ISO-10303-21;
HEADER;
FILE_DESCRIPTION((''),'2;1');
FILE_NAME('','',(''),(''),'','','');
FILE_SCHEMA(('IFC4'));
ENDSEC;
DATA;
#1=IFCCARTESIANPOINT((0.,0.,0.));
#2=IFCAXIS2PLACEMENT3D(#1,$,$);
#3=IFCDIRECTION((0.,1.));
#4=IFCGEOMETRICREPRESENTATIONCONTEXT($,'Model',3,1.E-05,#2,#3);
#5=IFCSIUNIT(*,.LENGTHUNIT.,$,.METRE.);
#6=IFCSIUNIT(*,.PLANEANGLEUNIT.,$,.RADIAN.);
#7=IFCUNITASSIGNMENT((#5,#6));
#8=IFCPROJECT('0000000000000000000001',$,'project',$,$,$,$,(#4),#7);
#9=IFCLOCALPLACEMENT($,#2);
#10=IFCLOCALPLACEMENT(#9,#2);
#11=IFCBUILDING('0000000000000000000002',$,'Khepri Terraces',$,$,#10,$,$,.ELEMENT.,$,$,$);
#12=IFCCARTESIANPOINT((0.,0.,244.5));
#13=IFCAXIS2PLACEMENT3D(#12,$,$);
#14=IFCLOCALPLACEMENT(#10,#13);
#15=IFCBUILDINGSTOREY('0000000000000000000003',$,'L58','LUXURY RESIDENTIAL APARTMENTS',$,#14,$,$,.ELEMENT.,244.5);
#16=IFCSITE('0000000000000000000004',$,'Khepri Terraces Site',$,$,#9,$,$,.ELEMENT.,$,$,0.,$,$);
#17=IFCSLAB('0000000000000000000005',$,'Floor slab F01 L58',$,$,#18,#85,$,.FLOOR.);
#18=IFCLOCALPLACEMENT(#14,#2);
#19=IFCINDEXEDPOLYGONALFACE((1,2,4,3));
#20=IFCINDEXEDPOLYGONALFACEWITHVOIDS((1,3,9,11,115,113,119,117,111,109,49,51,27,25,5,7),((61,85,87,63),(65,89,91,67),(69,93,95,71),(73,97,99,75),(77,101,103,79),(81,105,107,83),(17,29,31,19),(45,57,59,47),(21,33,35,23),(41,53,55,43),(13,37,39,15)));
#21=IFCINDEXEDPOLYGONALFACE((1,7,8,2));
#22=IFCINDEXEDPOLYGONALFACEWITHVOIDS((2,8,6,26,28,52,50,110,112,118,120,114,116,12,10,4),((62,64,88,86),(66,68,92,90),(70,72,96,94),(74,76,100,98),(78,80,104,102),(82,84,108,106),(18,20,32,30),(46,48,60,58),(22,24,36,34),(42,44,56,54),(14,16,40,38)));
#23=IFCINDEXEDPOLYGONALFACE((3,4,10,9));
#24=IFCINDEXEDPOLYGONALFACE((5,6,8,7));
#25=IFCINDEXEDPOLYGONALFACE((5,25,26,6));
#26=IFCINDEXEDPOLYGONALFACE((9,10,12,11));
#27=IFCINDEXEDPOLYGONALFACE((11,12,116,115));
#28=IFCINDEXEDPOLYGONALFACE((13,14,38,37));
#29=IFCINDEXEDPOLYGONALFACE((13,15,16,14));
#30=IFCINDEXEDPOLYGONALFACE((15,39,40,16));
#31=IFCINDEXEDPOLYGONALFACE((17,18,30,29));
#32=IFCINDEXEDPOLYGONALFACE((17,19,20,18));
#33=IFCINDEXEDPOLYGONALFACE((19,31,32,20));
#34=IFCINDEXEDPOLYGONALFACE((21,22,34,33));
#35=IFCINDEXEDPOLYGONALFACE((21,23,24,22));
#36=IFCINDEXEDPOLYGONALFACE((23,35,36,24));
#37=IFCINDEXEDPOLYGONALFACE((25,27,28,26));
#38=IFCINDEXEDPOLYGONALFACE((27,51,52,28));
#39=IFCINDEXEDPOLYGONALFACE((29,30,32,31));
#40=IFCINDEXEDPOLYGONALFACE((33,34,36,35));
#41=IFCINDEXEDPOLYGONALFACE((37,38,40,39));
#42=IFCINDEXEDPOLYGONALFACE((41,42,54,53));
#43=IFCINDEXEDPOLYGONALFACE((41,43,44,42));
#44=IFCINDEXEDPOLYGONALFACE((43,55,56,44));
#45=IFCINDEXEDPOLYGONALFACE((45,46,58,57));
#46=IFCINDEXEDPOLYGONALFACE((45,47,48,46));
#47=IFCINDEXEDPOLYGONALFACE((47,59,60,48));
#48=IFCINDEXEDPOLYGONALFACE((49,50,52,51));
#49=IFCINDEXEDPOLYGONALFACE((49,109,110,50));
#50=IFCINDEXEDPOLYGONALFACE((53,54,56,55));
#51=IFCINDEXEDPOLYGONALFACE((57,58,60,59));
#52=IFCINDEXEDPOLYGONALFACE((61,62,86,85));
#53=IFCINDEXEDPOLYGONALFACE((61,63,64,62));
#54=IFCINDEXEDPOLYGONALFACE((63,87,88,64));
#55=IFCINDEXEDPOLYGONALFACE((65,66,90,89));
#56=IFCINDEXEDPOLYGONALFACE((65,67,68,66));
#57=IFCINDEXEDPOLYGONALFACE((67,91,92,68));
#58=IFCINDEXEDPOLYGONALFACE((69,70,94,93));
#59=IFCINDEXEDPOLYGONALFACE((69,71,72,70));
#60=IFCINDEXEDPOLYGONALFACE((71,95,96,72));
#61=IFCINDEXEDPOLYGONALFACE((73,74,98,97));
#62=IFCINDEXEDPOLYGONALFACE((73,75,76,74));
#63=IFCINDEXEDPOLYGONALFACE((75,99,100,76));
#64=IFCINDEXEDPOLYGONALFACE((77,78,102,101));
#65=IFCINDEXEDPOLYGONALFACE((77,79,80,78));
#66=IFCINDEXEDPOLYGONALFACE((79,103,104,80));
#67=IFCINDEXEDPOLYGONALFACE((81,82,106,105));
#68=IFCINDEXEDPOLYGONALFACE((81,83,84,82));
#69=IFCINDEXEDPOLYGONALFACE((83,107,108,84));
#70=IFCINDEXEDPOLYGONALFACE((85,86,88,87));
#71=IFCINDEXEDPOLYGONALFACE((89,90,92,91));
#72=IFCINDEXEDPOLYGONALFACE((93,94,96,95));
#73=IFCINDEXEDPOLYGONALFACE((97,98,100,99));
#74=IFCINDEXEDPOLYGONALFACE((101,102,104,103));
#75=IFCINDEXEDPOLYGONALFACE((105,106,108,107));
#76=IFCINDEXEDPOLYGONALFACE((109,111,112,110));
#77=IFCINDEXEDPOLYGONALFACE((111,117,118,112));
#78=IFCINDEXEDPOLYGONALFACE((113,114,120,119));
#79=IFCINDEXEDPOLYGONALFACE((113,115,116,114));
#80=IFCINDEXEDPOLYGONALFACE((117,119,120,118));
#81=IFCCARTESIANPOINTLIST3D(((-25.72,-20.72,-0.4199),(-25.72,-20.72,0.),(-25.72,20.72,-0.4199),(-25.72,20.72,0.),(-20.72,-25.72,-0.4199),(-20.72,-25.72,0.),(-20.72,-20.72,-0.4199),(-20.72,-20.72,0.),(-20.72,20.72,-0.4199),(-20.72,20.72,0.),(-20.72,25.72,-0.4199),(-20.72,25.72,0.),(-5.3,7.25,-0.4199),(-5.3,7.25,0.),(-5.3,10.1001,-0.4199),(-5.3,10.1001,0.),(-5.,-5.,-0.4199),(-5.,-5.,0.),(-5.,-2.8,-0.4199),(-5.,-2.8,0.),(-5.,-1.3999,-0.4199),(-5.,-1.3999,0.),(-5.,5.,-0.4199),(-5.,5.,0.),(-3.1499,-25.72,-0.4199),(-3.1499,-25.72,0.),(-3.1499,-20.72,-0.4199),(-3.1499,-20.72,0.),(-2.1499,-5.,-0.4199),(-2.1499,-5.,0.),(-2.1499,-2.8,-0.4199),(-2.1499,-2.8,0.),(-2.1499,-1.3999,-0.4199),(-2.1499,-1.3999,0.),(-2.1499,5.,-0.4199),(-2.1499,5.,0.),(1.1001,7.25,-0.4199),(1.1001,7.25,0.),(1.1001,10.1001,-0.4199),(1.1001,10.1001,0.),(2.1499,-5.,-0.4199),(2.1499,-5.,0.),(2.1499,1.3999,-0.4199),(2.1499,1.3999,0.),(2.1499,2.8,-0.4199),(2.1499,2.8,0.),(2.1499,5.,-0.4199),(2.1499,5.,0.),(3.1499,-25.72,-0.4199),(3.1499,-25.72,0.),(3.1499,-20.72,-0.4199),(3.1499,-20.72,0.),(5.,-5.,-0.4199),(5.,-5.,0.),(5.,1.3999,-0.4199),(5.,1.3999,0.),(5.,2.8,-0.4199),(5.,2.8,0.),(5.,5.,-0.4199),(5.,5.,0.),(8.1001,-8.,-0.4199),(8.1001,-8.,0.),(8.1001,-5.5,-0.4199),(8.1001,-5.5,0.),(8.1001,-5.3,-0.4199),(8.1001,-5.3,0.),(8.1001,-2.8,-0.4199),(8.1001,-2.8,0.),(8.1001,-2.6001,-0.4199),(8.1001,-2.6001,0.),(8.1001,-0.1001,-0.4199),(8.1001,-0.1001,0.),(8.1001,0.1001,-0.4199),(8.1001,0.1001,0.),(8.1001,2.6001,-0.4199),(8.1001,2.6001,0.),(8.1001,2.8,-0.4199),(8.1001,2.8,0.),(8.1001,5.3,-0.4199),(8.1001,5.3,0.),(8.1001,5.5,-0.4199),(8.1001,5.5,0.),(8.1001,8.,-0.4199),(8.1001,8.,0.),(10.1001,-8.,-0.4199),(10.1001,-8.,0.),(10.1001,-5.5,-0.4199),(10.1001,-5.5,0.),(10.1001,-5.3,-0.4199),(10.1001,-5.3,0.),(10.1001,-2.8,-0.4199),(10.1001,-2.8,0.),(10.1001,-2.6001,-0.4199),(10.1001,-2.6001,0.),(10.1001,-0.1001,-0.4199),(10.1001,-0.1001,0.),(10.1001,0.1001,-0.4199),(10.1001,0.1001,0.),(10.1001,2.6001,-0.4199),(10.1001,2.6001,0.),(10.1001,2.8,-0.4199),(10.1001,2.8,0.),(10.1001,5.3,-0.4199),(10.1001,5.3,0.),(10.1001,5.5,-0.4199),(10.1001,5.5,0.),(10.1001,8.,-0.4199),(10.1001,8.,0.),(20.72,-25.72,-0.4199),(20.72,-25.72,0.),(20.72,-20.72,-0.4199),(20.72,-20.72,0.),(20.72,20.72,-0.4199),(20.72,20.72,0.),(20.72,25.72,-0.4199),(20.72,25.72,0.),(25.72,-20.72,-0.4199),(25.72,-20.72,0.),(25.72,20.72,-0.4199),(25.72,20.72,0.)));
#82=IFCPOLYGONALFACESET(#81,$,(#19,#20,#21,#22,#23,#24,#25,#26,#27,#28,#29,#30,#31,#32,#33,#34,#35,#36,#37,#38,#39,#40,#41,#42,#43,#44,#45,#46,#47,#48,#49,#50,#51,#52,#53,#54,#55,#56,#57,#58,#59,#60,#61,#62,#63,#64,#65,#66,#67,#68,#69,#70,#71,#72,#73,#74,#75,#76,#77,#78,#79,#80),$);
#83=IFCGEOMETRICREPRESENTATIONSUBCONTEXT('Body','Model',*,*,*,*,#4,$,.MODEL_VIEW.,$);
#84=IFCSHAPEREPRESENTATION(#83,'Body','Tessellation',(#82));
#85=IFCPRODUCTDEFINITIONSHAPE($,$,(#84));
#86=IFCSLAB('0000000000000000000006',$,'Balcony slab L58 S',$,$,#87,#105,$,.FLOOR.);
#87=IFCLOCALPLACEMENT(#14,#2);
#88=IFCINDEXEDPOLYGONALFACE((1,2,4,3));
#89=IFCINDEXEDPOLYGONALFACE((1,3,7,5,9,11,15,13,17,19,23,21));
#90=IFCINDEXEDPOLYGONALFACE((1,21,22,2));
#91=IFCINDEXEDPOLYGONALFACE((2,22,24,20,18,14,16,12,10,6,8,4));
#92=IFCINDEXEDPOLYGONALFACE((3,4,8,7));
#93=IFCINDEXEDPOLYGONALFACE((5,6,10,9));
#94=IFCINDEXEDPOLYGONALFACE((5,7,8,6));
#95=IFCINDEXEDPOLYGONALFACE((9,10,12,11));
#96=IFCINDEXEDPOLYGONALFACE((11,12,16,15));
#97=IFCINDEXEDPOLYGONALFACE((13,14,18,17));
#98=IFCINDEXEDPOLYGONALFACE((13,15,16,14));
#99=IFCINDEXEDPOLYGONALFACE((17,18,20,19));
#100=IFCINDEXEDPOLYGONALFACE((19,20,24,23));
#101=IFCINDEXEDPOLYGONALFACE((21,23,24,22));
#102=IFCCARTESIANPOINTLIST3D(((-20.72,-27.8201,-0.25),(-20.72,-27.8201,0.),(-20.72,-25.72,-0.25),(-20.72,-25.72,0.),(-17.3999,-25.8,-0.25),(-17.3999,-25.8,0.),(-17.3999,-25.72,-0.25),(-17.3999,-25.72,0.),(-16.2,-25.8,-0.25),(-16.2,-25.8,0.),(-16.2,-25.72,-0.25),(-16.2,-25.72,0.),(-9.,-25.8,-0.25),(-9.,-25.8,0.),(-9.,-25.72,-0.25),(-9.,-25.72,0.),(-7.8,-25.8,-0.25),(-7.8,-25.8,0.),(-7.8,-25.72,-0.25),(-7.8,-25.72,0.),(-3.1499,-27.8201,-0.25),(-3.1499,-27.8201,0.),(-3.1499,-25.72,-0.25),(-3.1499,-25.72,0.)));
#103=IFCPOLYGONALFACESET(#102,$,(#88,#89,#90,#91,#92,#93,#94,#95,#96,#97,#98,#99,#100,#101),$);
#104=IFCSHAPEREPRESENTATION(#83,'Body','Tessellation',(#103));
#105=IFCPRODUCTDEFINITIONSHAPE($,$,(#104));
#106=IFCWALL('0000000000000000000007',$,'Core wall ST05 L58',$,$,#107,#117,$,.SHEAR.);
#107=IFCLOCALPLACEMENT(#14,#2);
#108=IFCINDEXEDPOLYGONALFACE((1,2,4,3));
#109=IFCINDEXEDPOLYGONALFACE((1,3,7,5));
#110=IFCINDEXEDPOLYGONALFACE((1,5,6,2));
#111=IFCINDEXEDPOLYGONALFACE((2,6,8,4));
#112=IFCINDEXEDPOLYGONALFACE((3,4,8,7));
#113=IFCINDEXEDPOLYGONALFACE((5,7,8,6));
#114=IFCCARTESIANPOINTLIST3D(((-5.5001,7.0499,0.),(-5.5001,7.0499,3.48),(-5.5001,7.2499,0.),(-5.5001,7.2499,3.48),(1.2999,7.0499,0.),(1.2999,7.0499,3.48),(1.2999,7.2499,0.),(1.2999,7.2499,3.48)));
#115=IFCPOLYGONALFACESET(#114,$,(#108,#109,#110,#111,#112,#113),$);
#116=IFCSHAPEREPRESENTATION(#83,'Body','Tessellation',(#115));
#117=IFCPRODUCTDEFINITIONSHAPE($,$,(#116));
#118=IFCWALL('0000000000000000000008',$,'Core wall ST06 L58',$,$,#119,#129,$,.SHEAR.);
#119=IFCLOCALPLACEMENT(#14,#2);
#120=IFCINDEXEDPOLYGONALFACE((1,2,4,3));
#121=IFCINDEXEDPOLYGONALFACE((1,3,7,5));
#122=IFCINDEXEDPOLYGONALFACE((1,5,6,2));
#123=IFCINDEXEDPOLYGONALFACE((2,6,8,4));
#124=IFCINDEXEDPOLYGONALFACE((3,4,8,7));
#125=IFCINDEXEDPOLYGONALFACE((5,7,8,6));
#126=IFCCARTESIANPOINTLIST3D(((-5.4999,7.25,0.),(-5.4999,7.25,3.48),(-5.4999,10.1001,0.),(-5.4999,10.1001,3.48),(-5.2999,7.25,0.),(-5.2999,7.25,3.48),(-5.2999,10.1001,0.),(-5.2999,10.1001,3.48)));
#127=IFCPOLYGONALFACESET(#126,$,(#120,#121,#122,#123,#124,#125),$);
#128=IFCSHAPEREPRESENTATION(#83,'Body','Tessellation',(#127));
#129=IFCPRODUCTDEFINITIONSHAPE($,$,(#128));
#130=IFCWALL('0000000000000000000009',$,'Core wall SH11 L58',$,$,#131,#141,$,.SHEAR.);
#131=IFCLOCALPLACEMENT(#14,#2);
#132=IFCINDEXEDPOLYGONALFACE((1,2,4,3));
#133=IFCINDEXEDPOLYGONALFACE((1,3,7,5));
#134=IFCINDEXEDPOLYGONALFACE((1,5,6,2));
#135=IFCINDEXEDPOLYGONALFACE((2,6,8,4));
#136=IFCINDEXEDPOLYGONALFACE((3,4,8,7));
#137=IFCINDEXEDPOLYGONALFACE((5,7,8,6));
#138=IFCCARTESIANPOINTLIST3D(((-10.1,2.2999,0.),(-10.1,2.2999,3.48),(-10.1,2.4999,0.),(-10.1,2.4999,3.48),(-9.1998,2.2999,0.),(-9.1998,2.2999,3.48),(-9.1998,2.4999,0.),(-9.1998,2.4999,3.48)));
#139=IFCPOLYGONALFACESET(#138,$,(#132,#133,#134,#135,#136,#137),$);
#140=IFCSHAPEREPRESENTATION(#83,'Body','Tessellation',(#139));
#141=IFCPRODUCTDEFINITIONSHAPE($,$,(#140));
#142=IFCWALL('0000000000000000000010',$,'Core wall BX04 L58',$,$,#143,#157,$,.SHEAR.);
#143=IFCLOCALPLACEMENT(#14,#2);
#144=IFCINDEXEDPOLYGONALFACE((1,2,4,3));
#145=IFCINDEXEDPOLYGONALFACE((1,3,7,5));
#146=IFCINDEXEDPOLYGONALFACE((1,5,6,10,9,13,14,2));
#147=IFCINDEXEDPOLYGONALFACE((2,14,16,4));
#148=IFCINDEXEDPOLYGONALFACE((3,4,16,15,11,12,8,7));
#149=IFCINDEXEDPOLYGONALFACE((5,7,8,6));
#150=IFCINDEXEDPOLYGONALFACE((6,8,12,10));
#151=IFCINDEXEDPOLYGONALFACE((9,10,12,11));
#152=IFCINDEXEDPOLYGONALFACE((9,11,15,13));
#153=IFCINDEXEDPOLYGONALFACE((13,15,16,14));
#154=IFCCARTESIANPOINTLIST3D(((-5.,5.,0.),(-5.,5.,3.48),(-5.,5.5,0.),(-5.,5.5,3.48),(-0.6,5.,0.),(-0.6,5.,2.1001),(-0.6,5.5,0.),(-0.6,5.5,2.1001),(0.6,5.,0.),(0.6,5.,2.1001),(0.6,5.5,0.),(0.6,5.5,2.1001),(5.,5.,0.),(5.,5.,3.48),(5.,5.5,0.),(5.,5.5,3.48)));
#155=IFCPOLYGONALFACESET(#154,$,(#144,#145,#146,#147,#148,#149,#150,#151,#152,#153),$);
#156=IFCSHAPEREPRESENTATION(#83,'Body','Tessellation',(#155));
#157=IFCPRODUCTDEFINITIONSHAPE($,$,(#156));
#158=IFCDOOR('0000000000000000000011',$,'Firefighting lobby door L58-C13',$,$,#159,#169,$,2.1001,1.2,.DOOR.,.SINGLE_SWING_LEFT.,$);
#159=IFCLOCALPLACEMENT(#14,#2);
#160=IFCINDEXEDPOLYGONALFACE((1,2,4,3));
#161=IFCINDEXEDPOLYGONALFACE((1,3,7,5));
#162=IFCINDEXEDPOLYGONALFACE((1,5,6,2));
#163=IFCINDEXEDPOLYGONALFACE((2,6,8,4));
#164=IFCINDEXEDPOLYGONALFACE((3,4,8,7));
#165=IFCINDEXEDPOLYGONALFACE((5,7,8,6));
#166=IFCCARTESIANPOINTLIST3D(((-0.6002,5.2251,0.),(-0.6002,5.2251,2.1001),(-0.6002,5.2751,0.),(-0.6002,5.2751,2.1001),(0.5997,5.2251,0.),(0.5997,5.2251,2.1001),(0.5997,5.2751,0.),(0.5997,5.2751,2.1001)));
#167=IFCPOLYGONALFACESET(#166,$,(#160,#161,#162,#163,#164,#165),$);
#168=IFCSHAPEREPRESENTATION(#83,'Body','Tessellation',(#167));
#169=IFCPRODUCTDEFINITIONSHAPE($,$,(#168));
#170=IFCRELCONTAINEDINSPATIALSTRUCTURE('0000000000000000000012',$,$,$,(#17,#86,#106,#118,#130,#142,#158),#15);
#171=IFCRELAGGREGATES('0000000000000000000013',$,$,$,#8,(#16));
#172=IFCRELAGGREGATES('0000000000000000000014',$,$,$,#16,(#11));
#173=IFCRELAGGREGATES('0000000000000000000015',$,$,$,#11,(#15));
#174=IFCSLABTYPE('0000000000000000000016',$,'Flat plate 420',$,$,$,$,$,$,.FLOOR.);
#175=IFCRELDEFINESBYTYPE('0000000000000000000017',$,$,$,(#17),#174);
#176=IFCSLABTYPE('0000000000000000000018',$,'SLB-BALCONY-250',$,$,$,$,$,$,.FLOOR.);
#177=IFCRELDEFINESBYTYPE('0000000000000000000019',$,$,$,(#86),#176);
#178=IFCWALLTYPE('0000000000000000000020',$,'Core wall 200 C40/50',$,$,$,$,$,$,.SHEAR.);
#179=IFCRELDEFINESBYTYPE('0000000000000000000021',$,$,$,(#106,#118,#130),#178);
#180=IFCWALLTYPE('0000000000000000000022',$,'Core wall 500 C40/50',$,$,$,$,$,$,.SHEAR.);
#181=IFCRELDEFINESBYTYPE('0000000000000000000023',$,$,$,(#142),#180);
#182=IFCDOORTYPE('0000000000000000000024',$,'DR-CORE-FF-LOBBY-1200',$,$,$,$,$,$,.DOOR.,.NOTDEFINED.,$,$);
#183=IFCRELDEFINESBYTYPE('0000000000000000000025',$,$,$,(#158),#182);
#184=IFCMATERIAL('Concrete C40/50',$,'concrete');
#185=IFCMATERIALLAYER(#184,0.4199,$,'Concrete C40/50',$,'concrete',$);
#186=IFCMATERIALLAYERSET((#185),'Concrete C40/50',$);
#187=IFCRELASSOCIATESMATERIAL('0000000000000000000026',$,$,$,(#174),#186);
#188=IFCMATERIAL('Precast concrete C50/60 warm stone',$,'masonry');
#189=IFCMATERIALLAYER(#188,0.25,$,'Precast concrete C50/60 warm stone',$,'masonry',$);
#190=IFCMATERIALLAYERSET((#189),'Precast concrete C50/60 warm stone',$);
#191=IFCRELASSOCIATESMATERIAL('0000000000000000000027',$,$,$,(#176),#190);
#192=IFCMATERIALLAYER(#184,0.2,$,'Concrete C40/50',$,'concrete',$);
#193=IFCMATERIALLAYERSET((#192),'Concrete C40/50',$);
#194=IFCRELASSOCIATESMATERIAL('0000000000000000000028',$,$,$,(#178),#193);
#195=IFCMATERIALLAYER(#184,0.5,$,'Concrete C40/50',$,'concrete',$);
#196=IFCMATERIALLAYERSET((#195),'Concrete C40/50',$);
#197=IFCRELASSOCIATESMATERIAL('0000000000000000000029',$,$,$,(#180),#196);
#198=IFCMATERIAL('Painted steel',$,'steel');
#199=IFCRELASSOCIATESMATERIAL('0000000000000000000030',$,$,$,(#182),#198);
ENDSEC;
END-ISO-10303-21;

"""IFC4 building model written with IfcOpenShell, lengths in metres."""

from ifc_helpers import new_model, si_unit, direction, frame, frame_2d, origin, place, context, subcontext, project, spatial, polyline, rectangle, outline, extrude, material, layer, layer_set, type_object, element, fill, save


model = new_model("IFC4")

# Units and contexts
model_context = context("Model", 3, precision=1e-05, world=origin(), true_north=direction((0.0, 1.0)))
body_context = subcontext(model_context, "Body", "Model", "MODEL_VIEW")
ifc_project = project(units=[si_unit("LENGTHUNIT", "METRE"), si_unit("PLANEANGLEUNIT", "RADIAN")], contexts=[model_context])

# Site, building, storey
site_placement = place(None, origin())
site = spatial("IfcSite", under=ifc_project, at=site_placement, Name="Khepri Terraces Site", CompositionType="ELEMENT", RefElevation=0.0)
building_placement = place(site_placement, origin())
building = spatial("IfcBuilding", under=site, at=building_placement, Name="Khepri Terraces", CompositionType="ELEMENT")
storey_placement = place(building_placement, frame((0.0, 0.0, 244.5)))
storey = spatial("IfcBuildingStorey", under=building, at=storey_placement, Name="L58", Description="LUXURY RESIDENTIAL APARTMENTS", CompositionType="ELEMENT", Elevation=244.5)

# Slabs
ifc_material_1 = material(Name="Concrete C40/50", Category="concrete")
ifc_layer_1 = layer(ifc_material_1, 0.4199, Name="Concrete C40/50", Category="concrete")
ifc_layer_set_1 = layer_set([ifc_layer_1], Name="Concrete C40/50")
slab_type_1 = type_object("IfcSlabType", Name="Flat plate 420", PredefinedType="FLOOR", material=ifc_layer_set_1)
slab_1_placement = place(storey_placement, frame((0.0, 0.0, -0.4199)))
element("IfcSlab", 1, at=slab_1_placement, inside=storey, type_object=slab_type_1, Name="Floor slab F01 L58", PredefinedType="FLOOR", context=body_context, shape_type="SweptSolid", body=[
    extrude(outline(polyline([(-20.72, 25.72), (20.72, 25.72), (20.72, 20.72), (25.72, 20.72), (25.72, -20.72), (20.72, -20.72), (20.72, -25.72), (3.1499, -25.72), (3.1499, -20.72), (-3.1499, -20.72), (-3.1499, -25.72), (-20.72, -25.72), (-20.72, -20.72), (-25.72, -20.72), (-25.72, 20.72), (-20.72, 20.72), (-20.72, 25.72)]), holes=[polyline([(2.1499, 2.8), (5.0, 2.8), (5.0, 5.0), (2.1499, 5.0), (2.1499, 2.8)]), polyline([(-5.0, -2.8), (-5.0, -5.0), (-2.1499, -5.0), (-2.1499, -2.8), (-5.0, -2.8)]), polyline([(10.1001, -5.5), (8.1001, -5.5), (8.1001, -8.0), (10.1001, -8.0), (10.1001, -5.5)]), polyline([(10.1001, -5.3), (10.1001, -2.8), (8.1001, -2.8), (8.1001, -5.3), (10.1001, -5.3)]), polyline([(8.1001, -2.6001), (10.1001, -2.6001), (10.1001, -0.1001), (8.1001, -0.1001), (8.1001, -2.6001)]), polyline([(8.1001, 2.6001), (8.1001, 0.1001), (10.1001, 0.1001), (10.1001, 2.6001), (8.1001, 2.6001)]), polyline([(10.1001, 5.3), (8.1001, 5.3), (8.1001, 2.8), (10.1001, 2.8), (10.1001, 5.3)]), polyline([(10.1001, 5.5), (10.1001, 8.0), (8.1001, 8.0), (8.1001, 5.5), (10.1001, 5.5)]), polyline([(-5.0, -1.3999), (-2.1499, -1.3999), (-2.1499, 5.0), (-5.0, 5.0), (-5.0, -1.3999)]), polyline([(5.0, -5.0), (5.0, 1.3999), (2.1499, 1.3999), (2.1499, -5.0), (5.0, -5.0)]), polyline([(-5.3, 10.1001), (-5.3, 7.25), (1.1001, 7.25), (1.1001, 10.1001), (-5.3, 10.1001)])]), origin(), (0.0, 0.0, 1.0), 0.4199),
])
ifc_material_2 = material(Name="Precast concrete C50/60 warm stone", Category="masonry")
ifc_layer_2 = layer(ifc_material_2, 0.25, Name="Precast concrete C50/60 warm stone", Category="masonry")
ifc_layer_set_2 = layer_set([ifc_layer_2], Name="Precast concrete C50/60 warm stone")
slab_type_2 = type_object("IfcSlabType", Name="SLB-BALCONY-250", PredefinedType="FLOOR", material=ifc_layer_set_2)
slab_2_placement = place(storey_placement, frame((0.0, 0.0, -0.25)))
element("IfcSlab", 2, at=slab_2_placement, inside=storey, type_object=slab_type_2, Name="Balcony slab L58 S", PredefinedType="FLOOR", context=body_context, shape_type="SweptSolid", body=[
    extrude(outline(polyline([(-17.3999, -25.72), (-20.72, -25.72), (-20.72, -27.8201), (-3.1499, -27.8201), (-3.1499, -25.72), (-7.8, -25.72), (-7.8, -25.8), (-9.0, -25.8), (-9.0, -25.72), (-16.2, -25.72), (-16.2, -25.8), (-17.3999, -25.8), (-17.3999, -25.72)])), origin(), (0.0, 0.0, 1.0), 0.25),
])

# Walls
ifc_layer_3 = layer(ifc_material_1, 0.2, Name="Concrete C40/50", Category="concrete")
ifc_layer_set_3 = layer_set([ifc_layer_3], Name="Concrete C40/50")
wall_type_1 = type_object("IfcWallType", Name="Core wall 200 C40/50", PredefinedType="SHEAR", material=ifc_layer_set_3)
wall_1_placement = place(storey_placement, frame((-5.5, 7.1499, 0.0), z_axis=(0.0, 0.0, 1.0), x_axis=(1.0, 0.0, 0.0)))
element("IfcWall", 3, at=wall_1_placement, inside=storey, type_object=wall_type_1, Name="Core wall ST05 L58", PredefinedType="SHEAR", context=body_context, shape_type="SweptSolid", body=[
    extrude(rectangle(XDim=6.8, YDim=0.2, at=frame_2d((3.3999, 0.0))), origin(), (0.0, 0.0, 1.0), 3.48),
])
wall_2_placement = place(storey_placement, frame((-5.3999, 7.25, 0.0), z_axis=(0.0, 0.0, 1.0), x_axis=(0.0, 1.0, 0.0)))
element("IfcWall", 4, at=wall_2_placement, inside=storey, type_object=wall_type_1, Name="Core wall ST06 L58", PredefinedType="SHEAR", context=body_context, shape_type="SweptSolid", body=[
    extrude(rectangle(XDim=2.8501, YDim=0.2, at=frame_2d((1.425, 0.0))), origin(), (0.0, 0.0, 1.0), 3.48),
])
wall_3_placement = place(storey_placement, frame((-10.1001, 2.3999, 0.0), z_axis=(0.0, 0.0, 1.0), x_axis=(1.0, 0.0, 0.0)))
element("IfcWall", 5, at=wall_3_placement, inside=storey, type_object=wall_type_1, Name="Core wall SH11 L58", PredefinedType="SHEAR", context=body_context, shape_type="SweptSolid", body=[
    extrude(rectangle(XDim=0.9001, YDim=0.2, at=frame_2d((0.4502, 0.0))), origin(), (0.0, 0.0, 1.0), 3.48),
])

# Wall, opening, door
ifc_layer_4 = layer(ifc_material_1, 0.5, Name="Concrete C40/50", Category="concrete")
ifc_layer_set_4 = layer_set([ifc_layer_4], Name="Concrete C40/50")
wall_type_2 = type_object("IfcWallType", Name="Core wall 500 C40/50", PredefinedType="SHEAR", material=ifc_layer_set_4)
wall_4_placement = place(storey_placement, frame((-5.0, 5.25, 0.0), z_axis=(0.0, 0.0, 1.0), x_axis=(1.0, 0.0, 0.0)))
wall_4 = element("IfcWall", 6, at=wall_4_placement, inside=storey, type_object=wall_type_2, Name="Core wall BX04 L58", PredefinedType="SHEAR", context=body_context, shape_type="SweptSolid", body=[
    extrude(rectangle(XDim=10.0, YDim=0.5, at=frame_2d((5.0, 0.0))), origin(), (0.0, 0.0, 1.0), 3.48),
])
opening_1_placement = place(wall_4_placement, frame((4.3999, 0.0, 0.0)))
opening_1 = element("IfcOpeningElement", 7, at=opening_1_placement, cuts=wall_4, PredefinedType="OPENING", context=body_context, shape_type="SweptSolid", body=[
    extrude(rectangle(XDim=1.2, YDim=2.1001, at=frame_2d((0.6001, 1.05))), frame((0.0, 0.26, 0.0), z_axis=(0.0, -1.0, 0.0), x_axis=(1.0, 0.0, 0.0)), (0.0, 0.0, 1.0), 0.52),
])
ifc_material_3 = material(Name="Painted steel", Category="steel")
door_type_1 = type_object("IfcDoorType", Name="DR-CORE-FF-LOBBY-1200", OperationType="NOTDEFINED", PredefinedType="DOOR", material=ifc_material_3)
door_1_placement = place(opening_1_placement, frame((1.2, 0.0, 0.0), z_axis=(0.0, 0.0, 1.0), x_axis=(-1.0, 0.0, 0.0)))
door_1 = element("IfcDoor", 8, at=door_1_placement, inside=storey, type_object=door_type_1, Name="Firefighting lobby door L58-C13", OperationType="SINGLE_SWING_LEFT", OverallHeight=2.1001, OverallWidth=1.2, PredefinedType="DOOR", context=body_context, shape_type="SweptSolid", body=[
    extrude(rectangle(XDim=1.2, YDim=2.1001, at=frame_2d((0.6001, 1.05))), frame((0.0, 0.0249, 0.0), z_axis=(0.0, -1.0, 0.0), x_axis=(1.0, 0.0, 0.0)), (0.0, 0.0, 1.0), 0.05),
])
fill(opening_1, door_1)

save(model, "model.ifc")
